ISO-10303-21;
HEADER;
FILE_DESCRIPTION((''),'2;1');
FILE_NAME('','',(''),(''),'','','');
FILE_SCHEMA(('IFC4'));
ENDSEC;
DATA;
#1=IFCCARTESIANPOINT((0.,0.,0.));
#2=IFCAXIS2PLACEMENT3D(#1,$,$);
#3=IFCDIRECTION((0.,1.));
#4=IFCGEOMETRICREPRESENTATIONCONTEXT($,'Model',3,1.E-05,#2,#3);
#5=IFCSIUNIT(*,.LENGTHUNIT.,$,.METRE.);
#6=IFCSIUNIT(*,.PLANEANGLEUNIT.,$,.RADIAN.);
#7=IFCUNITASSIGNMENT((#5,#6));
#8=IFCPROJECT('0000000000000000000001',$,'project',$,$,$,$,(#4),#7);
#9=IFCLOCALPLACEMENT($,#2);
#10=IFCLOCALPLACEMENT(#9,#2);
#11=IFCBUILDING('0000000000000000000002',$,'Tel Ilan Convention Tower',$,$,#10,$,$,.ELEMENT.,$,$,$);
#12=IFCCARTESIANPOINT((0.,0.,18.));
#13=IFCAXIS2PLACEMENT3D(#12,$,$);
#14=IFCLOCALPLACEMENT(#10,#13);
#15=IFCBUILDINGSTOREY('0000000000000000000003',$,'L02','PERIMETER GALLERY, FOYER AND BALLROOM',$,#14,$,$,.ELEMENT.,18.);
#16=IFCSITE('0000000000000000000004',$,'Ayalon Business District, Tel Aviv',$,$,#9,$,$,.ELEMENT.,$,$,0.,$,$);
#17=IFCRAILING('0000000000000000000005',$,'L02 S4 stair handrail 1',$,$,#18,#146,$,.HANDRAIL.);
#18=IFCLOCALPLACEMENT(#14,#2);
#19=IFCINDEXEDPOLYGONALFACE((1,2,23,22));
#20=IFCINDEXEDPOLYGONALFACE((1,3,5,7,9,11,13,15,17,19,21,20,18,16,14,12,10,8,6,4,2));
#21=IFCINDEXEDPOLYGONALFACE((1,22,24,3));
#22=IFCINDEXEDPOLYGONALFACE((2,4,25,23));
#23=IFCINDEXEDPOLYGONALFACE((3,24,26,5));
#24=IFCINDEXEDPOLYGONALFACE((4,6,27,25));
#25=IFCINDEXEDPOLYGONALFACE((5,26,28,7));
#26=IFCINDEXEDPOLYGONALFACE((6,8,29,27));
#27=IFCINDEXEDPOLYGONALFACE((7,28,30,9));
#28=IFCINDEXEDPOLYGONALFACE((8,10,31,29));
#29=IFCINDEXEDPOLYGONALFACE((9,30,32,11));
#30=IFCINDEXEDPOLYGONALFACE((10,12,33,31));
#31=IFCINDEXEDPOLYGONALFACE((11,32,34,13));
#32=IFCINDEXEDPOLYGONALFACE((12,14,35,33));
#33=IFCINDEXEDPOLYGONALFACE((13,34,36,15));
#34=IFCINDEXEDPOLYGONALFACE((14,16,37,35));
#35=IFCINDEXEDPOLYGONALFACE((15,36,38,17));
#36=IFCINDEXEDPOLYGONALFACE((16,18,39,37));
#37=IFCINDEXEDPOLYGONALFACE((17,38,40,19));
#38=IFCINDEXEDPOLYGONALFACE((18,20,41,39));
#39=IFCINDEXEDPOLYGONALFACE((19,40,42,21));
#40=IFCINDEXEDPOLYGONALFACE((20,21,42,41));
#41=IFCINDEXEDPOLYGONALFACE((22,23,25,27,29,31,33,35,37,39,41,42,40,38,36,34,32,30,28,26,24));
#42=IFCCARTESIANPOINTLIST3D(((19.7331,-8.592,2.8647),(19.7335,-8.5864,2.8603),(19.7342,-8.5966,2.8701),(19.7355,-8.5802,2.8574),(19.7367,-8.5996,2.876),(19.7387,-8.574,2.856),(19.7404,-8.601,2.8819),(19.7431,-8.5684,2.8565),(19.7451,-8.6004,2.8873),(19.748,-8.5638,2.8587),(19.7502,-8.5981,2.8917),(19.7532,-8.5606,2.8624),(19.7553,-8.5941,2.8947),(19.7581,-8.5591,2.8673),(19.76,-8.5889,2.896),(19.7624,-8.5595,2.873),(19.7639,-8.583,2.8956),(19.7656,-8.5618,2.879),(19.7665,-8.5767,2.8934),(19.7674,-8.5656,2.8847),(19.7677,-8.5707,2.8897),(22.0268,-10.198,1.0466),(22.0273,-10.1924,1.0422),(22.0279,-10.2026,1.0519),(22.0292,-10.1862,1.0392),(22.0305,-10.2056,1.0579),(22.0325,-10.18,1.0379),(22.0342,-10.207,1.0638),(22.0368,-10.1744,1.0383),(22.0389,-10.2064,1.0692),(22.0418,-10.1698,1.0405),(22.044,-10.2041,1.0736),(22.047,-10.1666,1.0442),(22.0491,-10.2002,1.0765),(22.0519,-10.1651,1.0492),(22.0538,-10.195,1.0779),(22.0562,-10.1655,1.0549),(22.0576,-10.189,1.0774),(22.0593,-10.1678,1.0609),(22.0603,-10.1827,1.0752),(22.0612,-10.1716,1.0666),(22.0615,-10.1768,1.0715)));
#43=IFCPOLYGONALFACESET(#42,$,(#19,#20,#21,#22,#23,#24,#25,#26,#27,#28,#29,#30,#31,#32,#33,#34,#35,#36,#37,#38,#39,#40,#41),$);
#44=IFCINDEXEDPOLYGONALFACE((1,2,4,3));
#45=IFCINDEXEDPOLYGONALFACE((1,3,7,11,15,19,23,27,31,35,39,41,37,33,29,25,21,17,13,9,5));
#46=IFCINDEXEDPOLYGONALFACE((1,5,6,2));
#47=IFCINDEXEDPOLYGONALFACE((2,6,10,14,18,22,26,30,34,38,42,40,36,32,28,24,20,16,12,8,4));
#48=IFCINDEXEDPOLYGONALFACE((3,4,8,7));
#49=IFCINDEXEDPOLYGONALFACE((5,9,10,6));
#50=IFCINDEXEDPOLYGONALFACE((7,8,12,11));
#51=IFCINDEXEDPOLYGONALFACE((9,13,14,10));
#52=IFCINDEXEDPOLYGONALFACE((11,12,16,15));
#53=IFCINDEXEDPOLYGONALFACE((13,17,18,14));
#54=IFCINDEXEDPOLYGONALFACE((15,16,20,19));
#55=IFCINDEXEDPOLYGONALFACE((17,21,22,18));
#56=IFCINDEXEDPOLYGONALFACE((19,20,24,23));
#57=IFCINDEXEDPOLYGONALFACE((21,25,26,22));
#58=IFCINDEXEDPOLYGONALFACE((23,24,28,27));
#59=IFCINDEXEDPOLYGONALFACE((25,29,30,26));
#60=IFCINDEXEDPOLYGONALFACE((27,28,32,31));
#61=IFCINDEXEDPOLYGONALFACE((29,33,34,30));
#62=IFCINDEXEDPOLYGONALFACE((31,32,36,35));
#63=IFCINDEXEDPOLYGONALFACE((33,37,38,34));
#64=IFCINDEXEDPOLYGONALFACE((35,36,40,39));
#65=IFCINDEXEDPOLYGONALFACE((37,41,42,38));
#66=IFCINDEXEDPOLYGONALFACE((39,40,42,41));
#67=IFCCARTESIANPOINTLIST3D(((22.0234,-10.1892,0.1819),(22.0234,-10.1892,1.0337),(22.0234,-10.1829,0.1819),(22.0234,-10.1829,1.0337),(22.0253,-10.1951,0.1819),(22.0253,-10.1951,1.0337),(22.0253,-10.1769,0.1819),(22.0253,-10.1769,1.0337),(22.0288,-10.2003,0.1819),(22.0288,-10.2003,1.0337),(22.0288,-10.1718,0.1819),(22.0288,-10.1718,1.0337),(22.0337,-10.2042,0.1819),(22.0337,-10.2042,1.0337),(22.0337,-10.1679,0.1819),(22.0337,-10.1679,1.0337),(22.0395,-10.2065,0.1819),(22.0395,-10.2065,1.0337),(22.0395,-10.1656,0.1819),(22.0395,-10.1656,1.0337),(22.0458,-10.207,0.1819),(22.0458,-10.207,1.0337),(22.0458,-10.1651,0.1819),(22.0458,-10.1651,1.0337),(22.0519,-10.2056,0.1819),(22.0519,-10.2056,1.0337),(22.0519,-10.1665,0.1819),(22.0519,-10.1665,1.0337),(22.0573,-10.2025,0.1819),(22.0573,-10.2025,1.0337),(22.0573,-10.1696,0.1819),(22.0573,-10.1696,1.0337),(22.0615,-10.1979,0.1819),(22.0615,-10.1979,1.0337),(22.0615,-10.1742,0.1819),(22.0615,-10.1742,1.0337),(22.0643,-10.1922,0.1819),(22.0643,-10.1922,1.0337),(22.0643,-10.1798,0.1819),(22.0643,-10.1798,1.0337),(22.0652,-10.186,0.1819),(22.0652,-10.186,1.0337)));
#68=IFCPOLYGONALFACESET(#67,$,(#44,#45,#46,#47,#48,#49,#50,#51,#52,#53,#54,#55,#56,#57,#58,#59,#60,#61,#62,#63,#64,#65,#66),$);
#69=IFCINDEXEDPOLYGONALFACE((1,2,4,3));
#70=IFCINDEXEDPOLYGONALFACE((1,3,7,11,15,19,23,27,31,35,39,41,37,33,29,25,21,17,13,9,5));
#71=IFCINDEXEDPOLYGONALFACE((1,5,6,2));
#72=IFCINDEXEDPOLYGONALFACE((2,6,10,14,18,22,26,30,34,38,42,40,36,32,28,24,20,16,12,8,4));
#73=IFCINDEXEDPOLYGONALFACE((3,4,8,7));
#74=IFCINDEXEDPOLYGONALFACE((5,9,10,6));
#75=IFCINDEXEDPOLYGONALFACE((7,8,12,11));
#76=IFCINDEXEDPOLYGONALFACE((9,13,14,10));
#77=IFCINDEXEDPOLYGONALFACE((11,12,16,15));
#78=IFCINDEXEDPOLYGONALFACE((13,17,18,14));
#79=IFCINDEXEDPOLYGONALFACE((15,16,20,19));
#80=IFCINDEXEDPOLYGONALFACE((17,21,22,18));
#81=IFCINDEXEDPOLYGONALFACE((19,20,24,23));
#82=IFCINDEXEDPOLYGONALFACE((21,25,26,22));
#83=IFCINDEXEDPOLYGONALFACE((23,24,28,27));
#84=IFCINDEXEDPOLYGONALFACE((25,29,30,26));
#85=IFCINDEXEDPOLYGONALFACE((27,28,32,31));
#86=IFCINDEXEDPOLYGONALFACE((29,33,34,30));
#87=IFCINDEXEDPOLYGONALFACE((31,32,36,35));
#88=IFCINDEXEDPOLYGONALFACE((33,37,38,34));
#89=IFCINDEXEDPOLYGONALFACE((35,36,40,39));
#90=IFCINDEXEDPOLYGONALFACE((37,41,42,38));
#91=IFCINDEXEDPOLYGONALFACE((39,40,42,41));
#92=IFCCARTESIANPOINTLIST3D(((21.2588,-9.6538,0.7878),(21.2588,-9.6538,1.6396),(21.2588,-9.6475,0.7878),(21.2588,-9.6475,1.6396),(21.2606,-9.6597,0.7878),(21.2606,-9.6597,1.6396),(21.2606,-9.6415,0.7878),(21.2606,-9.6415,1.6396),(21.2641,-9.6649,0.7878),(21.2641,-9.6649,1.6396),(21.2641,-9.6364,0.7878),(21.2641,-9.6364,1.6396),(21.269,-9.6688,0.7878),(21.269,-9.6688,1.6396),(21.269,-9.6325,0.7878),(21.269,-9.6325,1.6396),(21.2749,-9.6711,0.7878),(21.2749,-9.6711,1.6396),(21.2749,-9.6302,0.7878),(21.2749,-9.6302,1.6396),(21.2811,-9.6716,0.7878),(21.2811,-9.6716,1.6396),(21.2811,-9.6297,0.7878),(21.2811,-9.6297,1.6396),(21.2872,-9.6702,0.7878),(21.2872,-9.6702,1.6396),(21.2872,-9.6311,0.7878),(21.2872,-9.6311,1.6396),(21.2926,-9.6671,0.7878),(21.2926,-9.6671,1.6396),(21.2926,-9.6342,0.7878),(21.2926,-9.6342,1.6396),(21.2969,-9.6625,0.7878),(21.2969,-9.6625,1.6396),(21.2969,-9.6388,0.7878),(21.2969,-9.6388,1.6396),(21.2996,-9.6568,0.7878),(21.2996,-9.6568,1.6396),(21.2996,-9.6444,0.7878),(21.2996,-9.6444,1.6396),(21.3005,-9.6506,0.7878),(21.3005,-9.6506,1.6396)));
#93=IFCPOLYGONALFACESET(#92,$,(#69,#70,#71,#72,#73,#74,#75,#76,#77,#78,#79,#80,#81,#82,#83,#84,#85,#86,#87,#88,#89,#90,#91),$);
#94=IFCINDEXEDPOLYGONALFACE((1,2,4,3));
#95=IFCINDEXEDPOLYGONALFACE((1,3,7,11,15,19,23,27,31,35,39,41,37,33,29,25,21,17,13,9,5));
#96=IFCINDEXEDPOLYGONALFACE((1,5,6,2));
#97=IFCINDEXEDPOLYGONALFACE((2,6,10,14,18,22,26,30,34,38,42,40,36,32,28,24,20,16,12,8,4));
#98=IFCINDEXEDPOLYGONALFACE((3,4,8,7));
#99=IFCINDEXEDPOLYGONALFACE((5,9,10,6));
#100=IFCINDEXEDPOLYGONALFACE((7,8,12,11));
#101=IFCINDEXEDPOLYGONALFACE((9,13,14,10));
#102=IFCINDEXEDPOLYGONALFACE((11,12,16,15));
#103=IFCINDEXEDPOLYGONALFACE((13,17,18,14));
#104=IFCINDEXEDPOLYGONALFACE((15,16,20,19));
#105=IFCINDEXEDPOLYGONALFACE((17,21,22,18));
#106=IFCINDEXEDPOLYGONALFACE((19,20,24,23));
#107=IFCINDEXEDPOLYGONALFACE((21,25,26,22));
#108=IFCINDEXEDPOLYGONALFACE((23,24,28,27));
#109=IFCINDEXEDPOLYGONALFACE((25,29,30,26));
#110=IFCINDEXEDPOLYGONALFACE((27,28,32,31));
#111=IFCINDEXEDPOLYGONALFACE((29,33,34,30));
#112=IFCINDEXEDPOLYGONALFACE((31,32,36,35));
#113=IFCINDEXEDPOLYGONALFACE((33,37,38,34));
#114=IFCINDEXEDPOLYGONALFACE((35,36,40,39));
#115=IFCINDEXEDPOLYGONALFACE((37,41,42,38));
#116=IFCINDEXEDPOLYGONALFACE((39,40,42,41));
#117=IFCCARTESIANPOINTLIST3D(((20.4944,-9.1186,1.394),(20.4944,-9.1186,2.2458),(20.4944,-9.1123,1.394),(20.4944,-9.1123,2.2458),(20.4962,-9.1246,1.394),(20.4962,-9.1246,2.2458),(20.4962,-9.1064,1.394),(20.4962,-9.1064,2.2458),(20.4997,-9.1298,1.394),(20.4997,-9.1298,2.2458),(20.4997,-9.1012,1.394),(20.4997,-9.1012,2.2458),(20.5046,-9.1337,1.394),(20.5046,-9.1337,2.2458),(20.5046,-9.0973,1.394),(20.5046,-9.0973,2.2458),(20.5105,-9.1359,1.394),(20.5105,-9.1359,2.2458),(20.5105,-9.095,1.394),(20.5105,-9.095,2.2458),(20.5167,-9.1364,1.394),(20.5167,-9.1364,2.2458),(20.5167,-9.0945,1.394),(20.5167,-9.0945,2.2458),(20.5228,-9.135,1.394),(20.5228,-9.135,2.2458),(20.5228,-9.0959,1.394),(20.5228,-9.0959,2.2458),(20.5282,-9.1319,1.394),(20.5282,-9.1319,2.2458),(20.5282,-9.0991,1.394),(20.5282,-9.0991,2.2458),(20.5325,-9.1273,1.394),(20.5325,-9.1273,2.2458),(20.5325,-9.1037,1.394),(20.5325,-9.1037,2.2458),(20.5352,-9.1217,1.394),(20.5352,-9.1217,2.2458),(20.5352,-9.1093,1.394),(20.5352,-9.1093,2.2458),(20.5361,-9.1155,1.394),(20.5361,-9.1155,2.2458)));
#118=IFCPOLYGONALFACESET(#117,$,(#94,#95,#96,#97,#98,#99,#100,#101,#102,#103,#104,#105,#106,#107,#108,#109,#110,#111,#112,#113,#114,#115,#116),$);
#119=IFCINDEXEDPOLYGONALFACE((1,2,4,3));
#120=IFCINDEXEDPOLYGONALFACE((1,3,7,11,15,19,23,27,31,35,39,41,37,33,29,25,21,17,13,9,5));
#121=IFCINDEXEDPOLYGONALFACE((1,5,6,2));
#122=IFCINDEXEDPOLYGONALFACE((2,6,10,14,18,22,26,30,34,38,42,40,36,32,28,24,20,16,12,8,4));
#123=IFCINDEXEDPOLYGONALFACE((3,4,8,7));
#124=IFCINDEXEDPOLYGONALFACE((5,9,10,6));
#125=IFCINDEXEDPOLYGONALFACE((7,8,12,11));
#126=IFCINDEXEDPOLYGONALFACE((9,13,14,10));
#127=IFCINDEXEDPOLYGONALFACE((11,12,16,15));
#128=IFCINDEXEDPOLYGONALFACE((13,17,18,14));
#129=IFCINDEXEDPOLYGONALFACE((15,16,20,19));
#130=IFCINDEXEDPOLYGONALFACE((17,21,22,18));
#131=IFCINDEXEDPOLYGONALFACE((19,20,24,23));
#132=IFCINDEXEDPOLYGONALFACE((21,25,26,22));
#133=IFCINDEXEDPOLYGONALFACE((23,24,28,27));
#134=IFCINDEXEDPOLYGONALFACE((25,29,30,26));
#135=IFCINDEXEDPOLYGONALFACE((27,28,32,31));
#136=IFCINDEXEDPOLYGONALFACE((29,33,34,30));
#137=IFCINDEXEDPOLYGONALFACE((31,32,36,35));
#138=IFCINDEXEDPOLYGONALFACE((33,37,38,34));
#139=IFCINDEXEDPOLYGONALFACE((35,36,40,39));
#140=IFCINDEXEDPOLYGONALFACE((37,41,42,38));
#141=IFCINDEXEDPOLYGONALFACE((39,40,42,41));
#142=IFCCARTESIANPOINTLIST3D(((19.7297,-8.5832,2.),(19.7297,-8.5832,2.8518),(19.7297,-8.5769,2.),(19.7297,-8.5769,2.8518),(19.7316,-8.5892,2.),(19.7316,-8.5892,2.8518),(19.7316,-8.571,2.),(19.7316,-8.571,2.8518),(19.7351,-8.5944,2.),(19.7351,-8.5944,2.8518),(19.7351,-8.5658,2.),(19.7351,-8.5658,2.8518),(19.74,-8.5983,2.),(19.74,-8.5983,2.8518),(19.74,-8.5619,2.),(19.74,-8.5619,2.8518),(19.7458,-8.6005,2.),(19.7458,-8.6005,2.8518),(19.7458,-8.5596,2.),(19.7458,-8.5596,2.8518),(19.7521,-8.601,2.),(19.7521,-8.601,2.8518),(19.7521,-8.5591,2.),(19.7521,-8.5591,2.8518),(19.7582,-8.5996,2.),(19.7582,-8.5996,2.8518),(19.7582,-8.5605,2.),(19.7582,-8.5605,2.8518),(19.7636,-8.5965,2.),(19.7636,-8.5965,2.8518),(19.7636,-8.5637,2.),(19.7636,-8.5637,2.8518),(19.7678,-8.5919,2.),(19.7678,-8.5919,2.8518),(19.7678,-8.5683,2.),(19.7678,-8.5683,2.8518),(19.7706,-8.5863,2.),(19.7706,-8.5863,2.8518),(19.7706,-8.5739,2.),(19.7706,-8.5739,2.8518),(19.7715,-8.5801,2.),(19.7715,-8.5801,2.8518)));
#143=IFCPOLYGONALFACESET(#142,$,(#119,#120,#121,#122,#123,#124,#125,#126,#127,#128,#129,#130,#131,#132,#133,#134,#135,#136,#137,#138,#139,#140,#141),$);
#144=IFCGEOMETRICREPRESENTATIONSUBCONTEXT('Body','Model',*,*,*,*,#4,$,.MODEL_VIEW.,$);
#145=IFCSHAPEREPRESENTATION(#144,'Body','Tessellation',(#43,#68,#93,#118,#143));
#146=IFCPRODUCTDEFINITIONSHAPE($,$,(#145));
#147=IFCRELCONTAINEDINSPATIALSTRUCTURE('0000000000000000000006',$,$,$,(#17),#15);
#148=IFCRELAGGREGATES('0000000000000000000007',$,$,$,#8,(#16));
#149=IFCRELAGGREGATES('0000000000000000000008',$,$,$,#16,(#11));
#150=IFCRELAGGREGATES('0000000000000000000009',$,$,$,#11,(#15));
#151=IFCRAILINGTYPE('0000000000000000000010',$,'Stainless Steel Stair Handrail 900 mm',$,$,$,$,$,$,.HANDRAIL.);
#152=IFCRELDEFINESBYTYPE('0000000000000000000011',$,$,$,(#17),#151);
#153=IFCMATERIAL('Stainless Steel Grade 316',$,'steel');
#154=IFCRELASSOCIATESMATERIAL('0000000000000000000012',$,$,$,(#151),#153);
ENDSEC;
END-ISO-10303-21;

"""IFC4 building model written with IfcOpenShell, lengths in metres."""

from ifc_helpers import new_model, si_unit, direction, frame, origin, origin_2d, place, context, subcontext, project, spatial, circle, extrude, material, type_object, element, save


model = new_model("IFC4")

# Units and contexts
model_context = context("Model", 3, precision=1e-05, world=origin(), true_north=direction((0.0, 1.0)))
body_context = subcontext(model_context, "Body", "Model", "MODEL_VIEW")
ifc_project = project(units=[si_unit("LENGTHUNIT", "METRE"), si_unit("PLANEANGLEUNIT", "RADIAN")], contexts=[model_context])

# Site, building, storey
site_placement = place(None, origin())
site = spatial("IfcSite", under=ifc_project, at=site_placement, Name="Ayalon Business District, Tel Aviv", CompositionType="ELEMENT", RefElevation=0.0)
building_placement = place(site_placement, origin())
building = spatial("IfcBuilding", under=site, at=building_placement, Name="Tel Ilan Convention Tower", CompositionType="ELEMENT")
storey_placement = place(building_placement, frame((0.0, 0.0, 18.0)))
storey = spatial("IfcBuildingStorey", under=building, at=storey_placement, Name="L02", Description="PERIMETER GALLERY, FOYER AND BALLROOM", CompositionType="ELEMENT", Elevation=18.0)

# Railing
ifc_material_1 = material(Name="Stainless Steel Grade 316", Category="steel")
railing_type_1 = type_object("IfcRailingType", Name="Stainless Steel Stair Handrail 900 mm", PredefinedType="HANDRAIL", material=ifc_material_1)
for number, where, name in (
    (1, (22.0442, -10.186, 0.1819), "L02 S4 stair handrail 1"),
):
    element("IfcRailing", number, at=place(storey_placement, frame(where)), inside=storey, type_object=railing_type_1, Name=name, PredefinedType="HANDRAIL", context=body_context, shape_type="SweptSolid", body=[
        extrude(circle(Radius=0.0239, at=origin_2d()), frame((0.0, 0.0, 0.876), z_axis=(-0.687042, 0.481039, 0.544587), x_axis=(-0.57355, -0.81917, 0.0)), (0.0, 0.0, 1.0), 3.3386),
        extrude(circle(Radius=0.021, at=origin_2d()), origin(), (0.0, 0.0, 1.0), 0.8518),
        extrude(circle(Radius=0.021, at=origin_2d()), frame((-0.7646, 0.5354, 0.606)), (0.0, 0.0, 1.0), 0.8518),
        extrude(circle(Radius=0.021, at=origin_2d()), frame((-1.5291, 1.0706, 1.2122)), (0.0, 0.0, 1.0), 0.8518),
        extrude(circle(Radius=0.021, at=origin_2d()), frame((-2.2937, 1.606, 1.8181)), (0.0, 0.0, 1.0), 0.8518),
    ])

save(model, "model.ifc")
